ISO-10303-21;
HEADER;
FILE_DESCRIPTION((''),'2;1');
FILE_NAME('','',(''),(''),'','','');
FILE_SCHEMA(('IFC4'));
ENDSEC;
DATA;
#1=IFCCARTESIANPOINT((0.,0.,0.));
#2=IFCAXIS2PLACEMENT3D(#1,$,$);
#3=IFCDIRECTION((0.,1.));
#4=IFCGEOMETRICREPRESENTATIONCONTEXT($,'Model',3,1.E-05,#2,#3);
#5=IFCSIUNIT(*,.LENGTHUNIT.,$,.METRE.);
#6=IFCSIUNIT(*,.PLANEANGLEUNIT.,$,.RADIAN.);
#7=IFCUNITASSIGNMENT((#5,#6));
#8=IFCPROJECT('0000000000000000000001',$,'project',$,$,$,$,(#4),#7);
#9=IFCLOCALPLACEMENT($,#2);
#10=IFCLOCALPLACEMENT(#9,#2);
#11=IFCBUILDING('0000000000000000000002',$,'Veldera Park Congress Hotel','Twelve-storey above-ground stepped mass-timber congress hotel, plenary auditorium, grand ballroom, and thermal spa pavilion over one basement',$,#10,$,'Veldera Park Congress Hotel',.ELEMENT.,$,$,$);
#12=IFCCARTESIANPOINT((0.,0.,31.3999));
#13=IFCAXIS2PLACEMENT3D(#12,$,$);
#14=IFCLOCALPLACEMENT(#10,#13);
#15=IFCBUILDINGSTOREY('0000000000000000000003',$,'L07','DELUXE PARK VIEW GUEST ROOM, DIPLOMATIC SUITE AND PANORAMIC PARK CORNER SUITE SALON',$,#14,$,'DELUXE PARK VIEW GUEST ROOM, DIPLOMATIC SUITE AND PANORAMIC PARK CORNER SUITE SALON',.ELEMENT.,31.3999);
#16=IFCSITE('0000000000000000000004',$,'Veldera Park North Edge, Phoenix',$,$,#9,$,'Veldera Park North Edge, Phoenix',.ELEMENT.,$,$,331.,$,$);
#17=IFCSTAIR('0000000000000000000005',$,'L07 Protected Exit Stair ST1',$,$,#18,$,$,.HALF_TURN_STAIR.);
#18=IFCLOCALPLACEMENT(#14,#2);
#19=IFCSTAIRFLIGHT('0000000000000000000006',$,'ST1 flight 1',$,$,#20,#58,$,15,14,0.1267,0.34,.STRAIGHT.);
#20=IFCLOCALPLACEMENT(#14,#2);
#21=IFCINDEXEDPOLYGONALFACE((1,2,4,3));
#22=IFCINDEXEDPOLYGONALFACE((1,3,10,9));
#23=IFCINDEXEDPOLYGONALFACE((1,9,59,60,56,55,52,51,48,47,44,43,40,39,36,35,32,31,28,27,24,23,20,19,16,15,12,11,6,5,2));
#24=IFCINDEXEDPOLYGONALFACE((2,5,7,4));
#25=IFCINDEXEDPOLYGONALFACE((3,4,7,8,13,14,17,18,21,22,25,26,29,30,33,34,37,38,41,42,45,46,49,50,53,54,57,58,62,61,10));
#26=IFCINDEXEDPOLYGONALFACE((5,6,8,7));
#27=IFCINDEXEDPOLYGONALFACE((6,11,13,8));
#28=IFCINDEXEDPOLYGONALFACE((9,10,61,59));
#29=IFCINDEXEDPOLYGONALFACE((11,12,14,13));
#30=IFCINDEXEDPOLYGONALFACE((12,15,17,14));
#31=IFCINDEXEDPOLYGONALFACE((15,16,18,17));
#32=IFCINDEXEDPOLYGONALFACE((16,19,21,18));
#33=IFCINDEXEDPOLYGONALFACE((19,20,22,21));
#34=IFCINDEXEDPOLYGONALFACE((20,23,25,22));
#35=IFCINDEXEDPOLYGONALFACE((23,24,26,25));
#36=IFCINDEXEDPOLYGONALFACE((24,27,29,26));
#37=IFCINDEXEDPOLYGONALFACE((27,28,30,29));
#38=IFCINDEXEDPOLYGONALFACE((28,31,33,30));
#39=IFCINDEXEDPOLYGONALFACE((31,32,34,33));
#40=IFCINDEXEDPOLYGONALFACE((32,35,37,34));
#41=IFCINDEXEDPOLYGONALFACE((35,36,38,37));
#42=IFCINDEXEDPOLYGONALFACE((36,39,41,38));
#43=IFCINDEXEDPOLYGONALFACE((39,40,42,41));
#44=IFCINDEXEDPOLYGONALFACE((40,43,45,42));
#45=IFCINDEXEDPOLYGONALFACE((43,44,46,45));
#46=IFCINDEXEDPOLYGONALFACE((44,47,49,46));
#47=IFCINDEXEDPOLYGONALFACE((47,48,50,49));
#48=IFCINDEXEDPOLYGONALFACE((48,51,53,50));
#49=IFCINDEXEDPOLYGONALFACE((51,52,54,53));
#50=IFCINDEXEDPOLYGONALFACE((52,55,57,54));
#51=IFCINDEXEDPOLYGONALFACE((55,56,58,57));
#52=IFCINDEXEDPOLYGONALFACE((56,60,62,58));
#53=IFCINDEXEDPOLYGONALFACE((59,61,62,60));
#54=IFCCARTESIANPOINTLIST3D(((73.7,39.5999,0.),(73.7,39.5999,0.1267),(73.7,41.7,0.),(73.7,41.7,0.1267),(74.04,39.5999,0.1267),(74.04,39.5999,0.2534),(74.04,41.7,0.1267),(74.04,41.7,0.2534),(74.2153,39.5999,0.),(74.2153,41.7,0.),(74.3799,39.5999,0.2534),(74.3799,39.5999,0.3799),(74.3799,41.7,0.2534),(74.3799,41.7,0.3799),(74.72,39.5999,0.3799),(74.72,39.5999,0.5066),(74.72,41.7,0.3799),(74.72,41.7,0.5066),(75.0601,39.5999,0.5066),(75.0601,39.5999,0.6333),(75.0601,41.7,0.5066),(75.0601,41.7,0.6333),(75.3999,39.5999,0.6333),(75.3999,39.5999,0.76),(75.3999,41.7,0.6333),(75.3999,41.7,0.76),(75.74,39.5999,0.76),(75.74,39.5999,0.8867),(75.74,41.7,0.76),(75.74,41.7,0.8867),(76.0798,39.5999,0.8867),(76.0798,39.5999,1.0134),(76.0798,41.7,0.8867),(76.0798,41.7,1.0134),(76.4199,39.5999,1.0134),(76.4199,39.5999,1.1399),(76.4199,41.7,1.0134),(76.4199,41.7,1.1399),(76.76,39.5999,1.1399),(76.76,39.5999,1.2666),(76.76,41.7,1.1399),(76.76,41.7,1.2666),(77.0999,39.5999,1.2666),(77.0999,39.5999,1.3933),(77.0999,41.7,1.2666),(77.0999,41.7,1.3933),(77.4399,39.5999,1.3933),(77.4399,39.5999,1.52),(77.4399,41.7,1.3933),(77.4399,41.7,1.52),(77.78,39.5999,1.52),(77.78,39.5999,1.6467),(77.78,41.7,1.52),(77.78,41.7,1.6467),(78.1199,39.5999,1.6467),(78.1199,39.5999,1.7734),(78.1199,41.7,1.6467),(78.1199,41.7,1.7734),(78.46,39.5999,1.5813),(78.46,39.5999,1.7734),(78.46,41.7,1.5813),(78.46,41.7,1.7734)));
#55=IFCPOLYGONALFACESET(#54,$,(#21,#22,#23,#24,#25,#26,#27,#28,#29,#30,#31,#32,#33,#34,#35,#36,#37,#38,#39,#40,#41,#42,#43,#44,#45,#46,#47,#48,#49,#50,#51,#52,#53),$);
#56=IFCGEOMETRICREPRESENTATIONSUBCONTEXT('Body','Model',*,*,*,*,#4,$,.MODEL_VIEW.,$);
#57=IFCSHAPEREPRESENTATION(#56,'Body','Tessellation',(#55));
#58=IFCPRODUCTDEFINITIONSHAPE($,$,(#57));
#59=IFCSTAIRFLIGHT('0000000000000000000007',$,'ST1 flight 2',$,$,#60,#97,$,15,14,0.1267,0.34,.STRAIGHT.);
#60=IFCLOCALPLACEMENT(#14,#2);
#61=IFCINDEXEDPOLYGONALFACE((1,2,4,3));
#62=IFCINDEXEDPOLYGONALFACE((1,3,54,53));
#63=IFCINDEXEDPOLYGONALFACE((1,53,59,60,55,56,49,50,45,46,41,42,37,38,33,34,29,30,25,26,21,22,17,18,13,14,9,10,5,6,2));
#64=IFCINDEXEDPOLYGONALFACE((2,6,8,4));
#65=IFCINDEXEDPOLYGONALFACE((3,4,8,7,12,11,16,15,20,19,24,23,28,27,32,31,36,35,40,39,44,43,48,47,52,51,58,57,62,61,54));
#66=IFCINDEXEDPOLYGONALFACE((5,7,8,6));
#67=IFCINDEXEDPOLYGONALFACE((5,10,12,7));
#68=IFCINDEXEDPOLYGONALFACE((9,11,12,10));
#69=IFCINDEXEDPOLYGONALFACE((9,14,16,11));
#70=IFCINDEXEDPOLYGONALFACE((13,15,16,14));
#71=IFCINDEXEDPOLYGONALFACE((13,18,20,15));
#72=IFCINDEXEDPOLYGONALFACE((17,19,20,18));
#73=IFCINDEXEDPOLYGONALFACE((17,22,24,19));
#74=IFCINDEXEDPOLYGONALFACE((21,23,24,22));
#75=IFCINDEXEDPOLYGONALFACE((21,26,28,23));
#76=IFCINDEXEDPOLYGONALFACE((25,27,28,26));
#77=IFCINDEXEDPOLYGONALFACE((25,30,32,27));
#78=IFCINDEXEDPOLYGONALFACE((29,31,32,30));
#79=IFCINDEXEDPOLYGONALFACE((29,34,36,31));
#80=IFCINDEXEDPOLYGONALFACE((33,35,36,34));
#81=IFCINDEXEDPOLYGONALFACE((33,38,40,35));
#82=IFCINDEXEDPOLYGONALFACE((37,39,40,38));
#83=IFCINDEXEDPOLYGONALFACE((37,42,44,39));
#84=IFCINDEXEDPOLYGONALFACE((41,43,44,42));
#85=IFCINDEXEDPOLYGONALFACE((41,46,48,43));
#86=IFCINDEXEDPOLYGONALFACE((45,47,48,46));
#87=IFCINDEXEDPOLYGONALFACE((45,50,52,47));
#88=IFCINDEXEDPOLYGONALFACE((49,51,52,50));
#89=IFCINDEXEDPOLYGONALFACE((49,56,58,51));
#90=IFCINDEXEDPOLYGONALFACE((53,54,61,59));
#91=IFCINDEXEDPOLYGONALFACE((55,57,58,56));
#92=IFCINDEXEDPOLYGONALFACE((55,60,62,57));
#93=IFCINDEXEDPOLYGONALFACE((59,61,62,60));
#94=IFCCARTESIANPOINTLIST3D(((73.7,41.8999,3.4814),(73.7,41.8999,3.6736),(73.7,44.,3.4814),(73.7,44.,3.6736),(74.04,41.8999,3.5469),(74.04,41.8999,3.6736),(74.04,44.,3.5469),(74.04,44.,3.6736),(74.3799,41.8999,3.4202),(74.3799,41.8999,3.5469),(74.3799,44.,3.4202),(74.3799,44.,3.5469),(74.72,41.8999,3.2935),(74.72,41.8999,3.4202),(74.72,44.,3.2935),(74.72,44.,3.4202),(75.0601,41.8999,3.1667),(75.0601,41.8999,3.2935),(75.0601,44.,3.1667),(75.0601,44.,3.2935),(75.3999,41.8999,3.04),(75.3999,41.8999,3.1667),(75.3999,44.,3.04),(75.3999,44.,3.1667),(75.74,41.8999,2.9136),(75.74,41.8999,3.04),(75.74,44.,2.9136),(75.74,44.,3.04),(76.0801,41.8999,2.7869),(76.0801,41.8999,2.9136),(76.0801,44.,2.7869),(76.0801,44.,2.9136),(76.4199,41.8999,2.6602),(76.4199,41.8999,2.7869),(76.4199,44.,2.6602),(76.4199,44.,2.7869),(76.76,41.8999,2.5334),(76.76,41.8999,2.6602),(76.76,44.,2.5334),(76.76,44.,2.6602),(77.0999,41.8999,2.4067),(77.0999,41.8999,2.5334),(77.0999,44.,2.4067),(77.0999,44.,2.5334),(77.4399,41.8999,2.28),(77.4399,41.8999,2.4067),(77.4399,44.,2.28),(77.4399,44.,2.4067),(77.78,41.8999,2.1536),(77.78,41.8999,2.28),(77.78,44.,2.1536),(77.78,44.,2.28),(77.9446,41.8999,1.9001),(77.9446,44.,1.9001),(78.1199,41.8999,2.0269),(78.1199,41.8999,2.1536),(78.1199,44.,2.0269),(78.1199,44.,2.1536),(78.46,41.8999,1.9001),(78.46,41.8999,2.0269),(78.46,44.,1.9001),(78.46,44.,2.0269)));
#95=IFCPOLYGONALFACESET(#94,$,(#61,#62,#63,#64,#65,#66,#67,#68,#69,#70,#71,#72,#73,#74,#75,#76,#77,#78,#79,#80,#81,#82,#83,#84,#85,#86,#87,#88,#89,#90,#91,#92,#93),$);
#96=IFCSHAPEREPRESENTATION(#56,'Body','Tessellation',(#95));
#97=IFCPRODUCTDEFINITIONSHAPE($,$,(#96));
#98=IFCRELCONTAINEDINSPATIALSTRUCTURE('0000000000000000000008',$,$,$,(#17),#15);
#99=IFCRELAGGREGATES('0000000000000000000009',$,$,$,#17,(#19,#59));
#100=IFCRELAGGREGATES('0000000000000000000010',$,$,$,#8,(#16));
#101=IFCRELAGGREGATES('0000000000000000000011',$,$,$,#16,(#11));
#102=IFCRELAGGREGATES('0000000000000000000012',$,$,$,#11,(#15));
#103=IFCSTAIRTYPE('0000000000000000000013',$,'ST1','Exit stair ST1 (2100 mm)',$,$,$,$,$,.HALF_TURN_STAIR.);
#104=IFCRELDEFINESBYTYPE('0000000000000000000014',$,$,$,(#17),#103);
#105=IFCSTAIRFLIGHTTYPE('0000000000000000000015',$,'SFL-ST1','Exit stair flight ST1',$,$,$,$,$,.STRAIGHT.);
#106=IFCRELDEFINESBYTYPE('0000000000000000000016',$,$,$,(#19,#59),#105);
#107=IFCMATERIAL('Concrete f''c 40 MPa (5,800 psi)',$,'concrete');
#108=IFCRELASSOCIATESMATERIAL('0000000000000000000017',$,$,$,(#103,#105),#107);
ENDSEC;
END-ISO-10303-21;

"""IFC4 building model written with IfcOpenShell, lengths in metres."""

from ifc_helpers import new_model, si_unit, direction, frame, origin, place, context, subcontext, project, spatial, polyline, outline, extrude, material, type_object, element, aggregate, save


model = new_model("IFC4")

# Units and contexts
model_context = context("Model", 3, precision=1e-05, world=origin(), true_north=direction((0.0, 1.0)))
body_context = subcontext(model_context, "Body", "Model", "MODEL_VIEW")
ifc_project = project(units=[si_unit("LENGTHUNIT", "METRE"), si_unit("PLANEANGLEUNIT", "RADIAN")], contexts=[model_context])

# Site, building, storey
site_placement = place(None, origin())
site = spatial("IfcSite", under=ifc_project, at=site_placement, Name="Veldera Park North Edge, Phoenix", LongName="Veldera Park North Edge, Phoenix", CompositionType="ELEMENT", RefElevation=331.0)
building_placement = place(site_placement, origin())
building = spatial("IfcBuilding", under=site, at=building_placement, Name="Veldera Park Congress Hotel", Description="Twelve-storey above-ground stepped mass-timber congress hotel, plenary auditorium, grand ballroom, and thermal spa pavilion over one basement", LongName="Veldera Park Congress Hotel", CompositionType="ELEMENT")
storey_placement = place(building_placement, frame((0.0, 0.0, 31.3999)))
storey = spatial("IfcBuildingStorey", under=building, at=storey_placement, Name="L07", Description="DELUXE PARK VIEW GUEST ROOM, DIPLOMATIC SUITE AND PANORAMIC PARK CORNER SUITE SALON", LongName="DELUXE PARK VIEW GUEST ROOM, DIPLOMATIC SUITE AND PANORAMIC PARK CORNER SUITE SALON", CompositionType="ELEMENT", Elevation=31.3999)

# Shared definitions
ifc_material_1 = material(Name="Concrete f'c 40 MPa (5,800 psi)", Category="concrete")

# Stair, stair flights
stair_type = type_object("IfcStairType", Name="ST1", Description="Exit stair ST1 (2100 mm)", PredefinedType="HALF_TURN_STAIR", material=ifc_material_1)
stair_placement = place(storey_placement, origin())
stair = element("IfcStair", 1, at=stair_placement, inside=storey, type_object=stair_type, Name="L07 Protected Exit Stair ST1", PredefinedType="HALF_TURN_STAIR")
stair_flight_type = type_object("IfcStairFlightType", Name="SFL-ST1", Description="Exit stair flight ST1", PredefinedType="STRAIGHT", material=ifc_material_1)
stair_flight_1_placement = place(storey_placement, frame((73.7, 40.6499, 0.0), z_axis=(0.0, 0.0, 1.0), x_axis=(1.0, 0.0, 0.0)))
stair_flight_1 = element("IfcStairFlight", 2, at=stair_flight_1_placement, type_object=stair_flight_type, Name="ST1 flight 1", NumberOfRisers=15, NumberOfTreads=14, PredefinedType="STRAIGHT", RiserHeight=0.1267, TreadLength=0.34, context=body_context, shape_type="SweptSolid", body=[
    extrude(outline(polyline([(0.0, 0.0), (0.0, 0.1267), (0.3401, 0.1267), (0.3401, 0.2534), (0.6799, 0.2534), (0.6799, 0.3799), (1.02, 0.3799), (1.02, 0.5066), (1.3601, 0.5066), (1.3601, 0.6333), (1.7, 0.6333), (1.7, 0.76), (2.04, 0.76), (2.04, 0.8867), (2.3799, 0.8867), (2.3799, 1.0134), (2.72, 1.0134), (2.72, 1.1399), (3.0601, 1.1399), (3.0601, 1.2666), (3.3999, 1.2666), (3.3999, 1.3933), (3.74, 1.3933), (3.74, 1.52), (4.0801, 1.52), (4.0801, 1.6467), (4.4199, 1.6467), (4.4199, 1.7734), (4.76, 1.7734), (4.76, 1.8999), (4.76, 1.8999), (4.76, 1.5813), (0.5154, 0.0), (0.0, 0.0)])), frame((0.0, 1.05, 0.0), z_axis=(0.0, -1.0, 0.0), x_axis=(1.0, 0.0, 0.0)), (0.0, 0.0, 1.0), 2.1001),
])
stair_flight_2_placement = place(storey_placement, frame((78.46, 42.95, 1.9001), z_axis=(0.0, 0.0, 1.0), x_axis=(-1.0, 0.0, 0.0)))
stair_flight_2 = element("IfcStairFlight", 3, at=stair_flight_2_placement, type_object=stair_flight_type, Name="ST1 flight 2", NumberOfRisers=15, NumberOfTreads=14, PredefinedType="STRAIGHT", RiserHeight=0.1267, TreadLength=0.34, context=body_context, shape_type="SweptSolid", body=[
    extrude(outline(polyline([(0.0, 0.0), (0.0, 0.1267), (0.3401, 0.1267), (0.3401, 0.2534), (0.6799, 0.2534), (0.6799, 0.3799), (1.02, 0.3799), (1.02, 0.5066), (1.3601, 0.5066), (1.3601, 0.6333), (1.7, 0.6333), (1.7, 0.76), (2.04, 0.76), (2.04, 0.8867), (2.3799, 0.8867), (2.3799, 1.0134), (2.72, 1.0134), (2.72, 1.1399), (3.0601, 1.1399), (3.0601, 1.2666), (3.3999, 1.2666), (3.3999, 1.3933), (3.74, 1.3933), (3.74, 1.52), (4.0801, 1.52), (4.0801, 1.6467), (4.4199, 1.6467), (4.4199, 1.7734), (4.76, 1.7734), (4.76, 1.8999), (4.76, 1.8999), (4.76, 1.5813), (0.5154, 0.0), (0.0, 0.0)])), frame((0.0, 1.05, 0.0), z_axis=(0.0, -1.0, 0.0), x_axis=(1.0, 0.0, 0.0)), (0.0, 0.0, 1.0), 2.1001),
])
aggregate(stair, [stair_flight_1, stair_flight_2])

save(model, "model.ifc")
